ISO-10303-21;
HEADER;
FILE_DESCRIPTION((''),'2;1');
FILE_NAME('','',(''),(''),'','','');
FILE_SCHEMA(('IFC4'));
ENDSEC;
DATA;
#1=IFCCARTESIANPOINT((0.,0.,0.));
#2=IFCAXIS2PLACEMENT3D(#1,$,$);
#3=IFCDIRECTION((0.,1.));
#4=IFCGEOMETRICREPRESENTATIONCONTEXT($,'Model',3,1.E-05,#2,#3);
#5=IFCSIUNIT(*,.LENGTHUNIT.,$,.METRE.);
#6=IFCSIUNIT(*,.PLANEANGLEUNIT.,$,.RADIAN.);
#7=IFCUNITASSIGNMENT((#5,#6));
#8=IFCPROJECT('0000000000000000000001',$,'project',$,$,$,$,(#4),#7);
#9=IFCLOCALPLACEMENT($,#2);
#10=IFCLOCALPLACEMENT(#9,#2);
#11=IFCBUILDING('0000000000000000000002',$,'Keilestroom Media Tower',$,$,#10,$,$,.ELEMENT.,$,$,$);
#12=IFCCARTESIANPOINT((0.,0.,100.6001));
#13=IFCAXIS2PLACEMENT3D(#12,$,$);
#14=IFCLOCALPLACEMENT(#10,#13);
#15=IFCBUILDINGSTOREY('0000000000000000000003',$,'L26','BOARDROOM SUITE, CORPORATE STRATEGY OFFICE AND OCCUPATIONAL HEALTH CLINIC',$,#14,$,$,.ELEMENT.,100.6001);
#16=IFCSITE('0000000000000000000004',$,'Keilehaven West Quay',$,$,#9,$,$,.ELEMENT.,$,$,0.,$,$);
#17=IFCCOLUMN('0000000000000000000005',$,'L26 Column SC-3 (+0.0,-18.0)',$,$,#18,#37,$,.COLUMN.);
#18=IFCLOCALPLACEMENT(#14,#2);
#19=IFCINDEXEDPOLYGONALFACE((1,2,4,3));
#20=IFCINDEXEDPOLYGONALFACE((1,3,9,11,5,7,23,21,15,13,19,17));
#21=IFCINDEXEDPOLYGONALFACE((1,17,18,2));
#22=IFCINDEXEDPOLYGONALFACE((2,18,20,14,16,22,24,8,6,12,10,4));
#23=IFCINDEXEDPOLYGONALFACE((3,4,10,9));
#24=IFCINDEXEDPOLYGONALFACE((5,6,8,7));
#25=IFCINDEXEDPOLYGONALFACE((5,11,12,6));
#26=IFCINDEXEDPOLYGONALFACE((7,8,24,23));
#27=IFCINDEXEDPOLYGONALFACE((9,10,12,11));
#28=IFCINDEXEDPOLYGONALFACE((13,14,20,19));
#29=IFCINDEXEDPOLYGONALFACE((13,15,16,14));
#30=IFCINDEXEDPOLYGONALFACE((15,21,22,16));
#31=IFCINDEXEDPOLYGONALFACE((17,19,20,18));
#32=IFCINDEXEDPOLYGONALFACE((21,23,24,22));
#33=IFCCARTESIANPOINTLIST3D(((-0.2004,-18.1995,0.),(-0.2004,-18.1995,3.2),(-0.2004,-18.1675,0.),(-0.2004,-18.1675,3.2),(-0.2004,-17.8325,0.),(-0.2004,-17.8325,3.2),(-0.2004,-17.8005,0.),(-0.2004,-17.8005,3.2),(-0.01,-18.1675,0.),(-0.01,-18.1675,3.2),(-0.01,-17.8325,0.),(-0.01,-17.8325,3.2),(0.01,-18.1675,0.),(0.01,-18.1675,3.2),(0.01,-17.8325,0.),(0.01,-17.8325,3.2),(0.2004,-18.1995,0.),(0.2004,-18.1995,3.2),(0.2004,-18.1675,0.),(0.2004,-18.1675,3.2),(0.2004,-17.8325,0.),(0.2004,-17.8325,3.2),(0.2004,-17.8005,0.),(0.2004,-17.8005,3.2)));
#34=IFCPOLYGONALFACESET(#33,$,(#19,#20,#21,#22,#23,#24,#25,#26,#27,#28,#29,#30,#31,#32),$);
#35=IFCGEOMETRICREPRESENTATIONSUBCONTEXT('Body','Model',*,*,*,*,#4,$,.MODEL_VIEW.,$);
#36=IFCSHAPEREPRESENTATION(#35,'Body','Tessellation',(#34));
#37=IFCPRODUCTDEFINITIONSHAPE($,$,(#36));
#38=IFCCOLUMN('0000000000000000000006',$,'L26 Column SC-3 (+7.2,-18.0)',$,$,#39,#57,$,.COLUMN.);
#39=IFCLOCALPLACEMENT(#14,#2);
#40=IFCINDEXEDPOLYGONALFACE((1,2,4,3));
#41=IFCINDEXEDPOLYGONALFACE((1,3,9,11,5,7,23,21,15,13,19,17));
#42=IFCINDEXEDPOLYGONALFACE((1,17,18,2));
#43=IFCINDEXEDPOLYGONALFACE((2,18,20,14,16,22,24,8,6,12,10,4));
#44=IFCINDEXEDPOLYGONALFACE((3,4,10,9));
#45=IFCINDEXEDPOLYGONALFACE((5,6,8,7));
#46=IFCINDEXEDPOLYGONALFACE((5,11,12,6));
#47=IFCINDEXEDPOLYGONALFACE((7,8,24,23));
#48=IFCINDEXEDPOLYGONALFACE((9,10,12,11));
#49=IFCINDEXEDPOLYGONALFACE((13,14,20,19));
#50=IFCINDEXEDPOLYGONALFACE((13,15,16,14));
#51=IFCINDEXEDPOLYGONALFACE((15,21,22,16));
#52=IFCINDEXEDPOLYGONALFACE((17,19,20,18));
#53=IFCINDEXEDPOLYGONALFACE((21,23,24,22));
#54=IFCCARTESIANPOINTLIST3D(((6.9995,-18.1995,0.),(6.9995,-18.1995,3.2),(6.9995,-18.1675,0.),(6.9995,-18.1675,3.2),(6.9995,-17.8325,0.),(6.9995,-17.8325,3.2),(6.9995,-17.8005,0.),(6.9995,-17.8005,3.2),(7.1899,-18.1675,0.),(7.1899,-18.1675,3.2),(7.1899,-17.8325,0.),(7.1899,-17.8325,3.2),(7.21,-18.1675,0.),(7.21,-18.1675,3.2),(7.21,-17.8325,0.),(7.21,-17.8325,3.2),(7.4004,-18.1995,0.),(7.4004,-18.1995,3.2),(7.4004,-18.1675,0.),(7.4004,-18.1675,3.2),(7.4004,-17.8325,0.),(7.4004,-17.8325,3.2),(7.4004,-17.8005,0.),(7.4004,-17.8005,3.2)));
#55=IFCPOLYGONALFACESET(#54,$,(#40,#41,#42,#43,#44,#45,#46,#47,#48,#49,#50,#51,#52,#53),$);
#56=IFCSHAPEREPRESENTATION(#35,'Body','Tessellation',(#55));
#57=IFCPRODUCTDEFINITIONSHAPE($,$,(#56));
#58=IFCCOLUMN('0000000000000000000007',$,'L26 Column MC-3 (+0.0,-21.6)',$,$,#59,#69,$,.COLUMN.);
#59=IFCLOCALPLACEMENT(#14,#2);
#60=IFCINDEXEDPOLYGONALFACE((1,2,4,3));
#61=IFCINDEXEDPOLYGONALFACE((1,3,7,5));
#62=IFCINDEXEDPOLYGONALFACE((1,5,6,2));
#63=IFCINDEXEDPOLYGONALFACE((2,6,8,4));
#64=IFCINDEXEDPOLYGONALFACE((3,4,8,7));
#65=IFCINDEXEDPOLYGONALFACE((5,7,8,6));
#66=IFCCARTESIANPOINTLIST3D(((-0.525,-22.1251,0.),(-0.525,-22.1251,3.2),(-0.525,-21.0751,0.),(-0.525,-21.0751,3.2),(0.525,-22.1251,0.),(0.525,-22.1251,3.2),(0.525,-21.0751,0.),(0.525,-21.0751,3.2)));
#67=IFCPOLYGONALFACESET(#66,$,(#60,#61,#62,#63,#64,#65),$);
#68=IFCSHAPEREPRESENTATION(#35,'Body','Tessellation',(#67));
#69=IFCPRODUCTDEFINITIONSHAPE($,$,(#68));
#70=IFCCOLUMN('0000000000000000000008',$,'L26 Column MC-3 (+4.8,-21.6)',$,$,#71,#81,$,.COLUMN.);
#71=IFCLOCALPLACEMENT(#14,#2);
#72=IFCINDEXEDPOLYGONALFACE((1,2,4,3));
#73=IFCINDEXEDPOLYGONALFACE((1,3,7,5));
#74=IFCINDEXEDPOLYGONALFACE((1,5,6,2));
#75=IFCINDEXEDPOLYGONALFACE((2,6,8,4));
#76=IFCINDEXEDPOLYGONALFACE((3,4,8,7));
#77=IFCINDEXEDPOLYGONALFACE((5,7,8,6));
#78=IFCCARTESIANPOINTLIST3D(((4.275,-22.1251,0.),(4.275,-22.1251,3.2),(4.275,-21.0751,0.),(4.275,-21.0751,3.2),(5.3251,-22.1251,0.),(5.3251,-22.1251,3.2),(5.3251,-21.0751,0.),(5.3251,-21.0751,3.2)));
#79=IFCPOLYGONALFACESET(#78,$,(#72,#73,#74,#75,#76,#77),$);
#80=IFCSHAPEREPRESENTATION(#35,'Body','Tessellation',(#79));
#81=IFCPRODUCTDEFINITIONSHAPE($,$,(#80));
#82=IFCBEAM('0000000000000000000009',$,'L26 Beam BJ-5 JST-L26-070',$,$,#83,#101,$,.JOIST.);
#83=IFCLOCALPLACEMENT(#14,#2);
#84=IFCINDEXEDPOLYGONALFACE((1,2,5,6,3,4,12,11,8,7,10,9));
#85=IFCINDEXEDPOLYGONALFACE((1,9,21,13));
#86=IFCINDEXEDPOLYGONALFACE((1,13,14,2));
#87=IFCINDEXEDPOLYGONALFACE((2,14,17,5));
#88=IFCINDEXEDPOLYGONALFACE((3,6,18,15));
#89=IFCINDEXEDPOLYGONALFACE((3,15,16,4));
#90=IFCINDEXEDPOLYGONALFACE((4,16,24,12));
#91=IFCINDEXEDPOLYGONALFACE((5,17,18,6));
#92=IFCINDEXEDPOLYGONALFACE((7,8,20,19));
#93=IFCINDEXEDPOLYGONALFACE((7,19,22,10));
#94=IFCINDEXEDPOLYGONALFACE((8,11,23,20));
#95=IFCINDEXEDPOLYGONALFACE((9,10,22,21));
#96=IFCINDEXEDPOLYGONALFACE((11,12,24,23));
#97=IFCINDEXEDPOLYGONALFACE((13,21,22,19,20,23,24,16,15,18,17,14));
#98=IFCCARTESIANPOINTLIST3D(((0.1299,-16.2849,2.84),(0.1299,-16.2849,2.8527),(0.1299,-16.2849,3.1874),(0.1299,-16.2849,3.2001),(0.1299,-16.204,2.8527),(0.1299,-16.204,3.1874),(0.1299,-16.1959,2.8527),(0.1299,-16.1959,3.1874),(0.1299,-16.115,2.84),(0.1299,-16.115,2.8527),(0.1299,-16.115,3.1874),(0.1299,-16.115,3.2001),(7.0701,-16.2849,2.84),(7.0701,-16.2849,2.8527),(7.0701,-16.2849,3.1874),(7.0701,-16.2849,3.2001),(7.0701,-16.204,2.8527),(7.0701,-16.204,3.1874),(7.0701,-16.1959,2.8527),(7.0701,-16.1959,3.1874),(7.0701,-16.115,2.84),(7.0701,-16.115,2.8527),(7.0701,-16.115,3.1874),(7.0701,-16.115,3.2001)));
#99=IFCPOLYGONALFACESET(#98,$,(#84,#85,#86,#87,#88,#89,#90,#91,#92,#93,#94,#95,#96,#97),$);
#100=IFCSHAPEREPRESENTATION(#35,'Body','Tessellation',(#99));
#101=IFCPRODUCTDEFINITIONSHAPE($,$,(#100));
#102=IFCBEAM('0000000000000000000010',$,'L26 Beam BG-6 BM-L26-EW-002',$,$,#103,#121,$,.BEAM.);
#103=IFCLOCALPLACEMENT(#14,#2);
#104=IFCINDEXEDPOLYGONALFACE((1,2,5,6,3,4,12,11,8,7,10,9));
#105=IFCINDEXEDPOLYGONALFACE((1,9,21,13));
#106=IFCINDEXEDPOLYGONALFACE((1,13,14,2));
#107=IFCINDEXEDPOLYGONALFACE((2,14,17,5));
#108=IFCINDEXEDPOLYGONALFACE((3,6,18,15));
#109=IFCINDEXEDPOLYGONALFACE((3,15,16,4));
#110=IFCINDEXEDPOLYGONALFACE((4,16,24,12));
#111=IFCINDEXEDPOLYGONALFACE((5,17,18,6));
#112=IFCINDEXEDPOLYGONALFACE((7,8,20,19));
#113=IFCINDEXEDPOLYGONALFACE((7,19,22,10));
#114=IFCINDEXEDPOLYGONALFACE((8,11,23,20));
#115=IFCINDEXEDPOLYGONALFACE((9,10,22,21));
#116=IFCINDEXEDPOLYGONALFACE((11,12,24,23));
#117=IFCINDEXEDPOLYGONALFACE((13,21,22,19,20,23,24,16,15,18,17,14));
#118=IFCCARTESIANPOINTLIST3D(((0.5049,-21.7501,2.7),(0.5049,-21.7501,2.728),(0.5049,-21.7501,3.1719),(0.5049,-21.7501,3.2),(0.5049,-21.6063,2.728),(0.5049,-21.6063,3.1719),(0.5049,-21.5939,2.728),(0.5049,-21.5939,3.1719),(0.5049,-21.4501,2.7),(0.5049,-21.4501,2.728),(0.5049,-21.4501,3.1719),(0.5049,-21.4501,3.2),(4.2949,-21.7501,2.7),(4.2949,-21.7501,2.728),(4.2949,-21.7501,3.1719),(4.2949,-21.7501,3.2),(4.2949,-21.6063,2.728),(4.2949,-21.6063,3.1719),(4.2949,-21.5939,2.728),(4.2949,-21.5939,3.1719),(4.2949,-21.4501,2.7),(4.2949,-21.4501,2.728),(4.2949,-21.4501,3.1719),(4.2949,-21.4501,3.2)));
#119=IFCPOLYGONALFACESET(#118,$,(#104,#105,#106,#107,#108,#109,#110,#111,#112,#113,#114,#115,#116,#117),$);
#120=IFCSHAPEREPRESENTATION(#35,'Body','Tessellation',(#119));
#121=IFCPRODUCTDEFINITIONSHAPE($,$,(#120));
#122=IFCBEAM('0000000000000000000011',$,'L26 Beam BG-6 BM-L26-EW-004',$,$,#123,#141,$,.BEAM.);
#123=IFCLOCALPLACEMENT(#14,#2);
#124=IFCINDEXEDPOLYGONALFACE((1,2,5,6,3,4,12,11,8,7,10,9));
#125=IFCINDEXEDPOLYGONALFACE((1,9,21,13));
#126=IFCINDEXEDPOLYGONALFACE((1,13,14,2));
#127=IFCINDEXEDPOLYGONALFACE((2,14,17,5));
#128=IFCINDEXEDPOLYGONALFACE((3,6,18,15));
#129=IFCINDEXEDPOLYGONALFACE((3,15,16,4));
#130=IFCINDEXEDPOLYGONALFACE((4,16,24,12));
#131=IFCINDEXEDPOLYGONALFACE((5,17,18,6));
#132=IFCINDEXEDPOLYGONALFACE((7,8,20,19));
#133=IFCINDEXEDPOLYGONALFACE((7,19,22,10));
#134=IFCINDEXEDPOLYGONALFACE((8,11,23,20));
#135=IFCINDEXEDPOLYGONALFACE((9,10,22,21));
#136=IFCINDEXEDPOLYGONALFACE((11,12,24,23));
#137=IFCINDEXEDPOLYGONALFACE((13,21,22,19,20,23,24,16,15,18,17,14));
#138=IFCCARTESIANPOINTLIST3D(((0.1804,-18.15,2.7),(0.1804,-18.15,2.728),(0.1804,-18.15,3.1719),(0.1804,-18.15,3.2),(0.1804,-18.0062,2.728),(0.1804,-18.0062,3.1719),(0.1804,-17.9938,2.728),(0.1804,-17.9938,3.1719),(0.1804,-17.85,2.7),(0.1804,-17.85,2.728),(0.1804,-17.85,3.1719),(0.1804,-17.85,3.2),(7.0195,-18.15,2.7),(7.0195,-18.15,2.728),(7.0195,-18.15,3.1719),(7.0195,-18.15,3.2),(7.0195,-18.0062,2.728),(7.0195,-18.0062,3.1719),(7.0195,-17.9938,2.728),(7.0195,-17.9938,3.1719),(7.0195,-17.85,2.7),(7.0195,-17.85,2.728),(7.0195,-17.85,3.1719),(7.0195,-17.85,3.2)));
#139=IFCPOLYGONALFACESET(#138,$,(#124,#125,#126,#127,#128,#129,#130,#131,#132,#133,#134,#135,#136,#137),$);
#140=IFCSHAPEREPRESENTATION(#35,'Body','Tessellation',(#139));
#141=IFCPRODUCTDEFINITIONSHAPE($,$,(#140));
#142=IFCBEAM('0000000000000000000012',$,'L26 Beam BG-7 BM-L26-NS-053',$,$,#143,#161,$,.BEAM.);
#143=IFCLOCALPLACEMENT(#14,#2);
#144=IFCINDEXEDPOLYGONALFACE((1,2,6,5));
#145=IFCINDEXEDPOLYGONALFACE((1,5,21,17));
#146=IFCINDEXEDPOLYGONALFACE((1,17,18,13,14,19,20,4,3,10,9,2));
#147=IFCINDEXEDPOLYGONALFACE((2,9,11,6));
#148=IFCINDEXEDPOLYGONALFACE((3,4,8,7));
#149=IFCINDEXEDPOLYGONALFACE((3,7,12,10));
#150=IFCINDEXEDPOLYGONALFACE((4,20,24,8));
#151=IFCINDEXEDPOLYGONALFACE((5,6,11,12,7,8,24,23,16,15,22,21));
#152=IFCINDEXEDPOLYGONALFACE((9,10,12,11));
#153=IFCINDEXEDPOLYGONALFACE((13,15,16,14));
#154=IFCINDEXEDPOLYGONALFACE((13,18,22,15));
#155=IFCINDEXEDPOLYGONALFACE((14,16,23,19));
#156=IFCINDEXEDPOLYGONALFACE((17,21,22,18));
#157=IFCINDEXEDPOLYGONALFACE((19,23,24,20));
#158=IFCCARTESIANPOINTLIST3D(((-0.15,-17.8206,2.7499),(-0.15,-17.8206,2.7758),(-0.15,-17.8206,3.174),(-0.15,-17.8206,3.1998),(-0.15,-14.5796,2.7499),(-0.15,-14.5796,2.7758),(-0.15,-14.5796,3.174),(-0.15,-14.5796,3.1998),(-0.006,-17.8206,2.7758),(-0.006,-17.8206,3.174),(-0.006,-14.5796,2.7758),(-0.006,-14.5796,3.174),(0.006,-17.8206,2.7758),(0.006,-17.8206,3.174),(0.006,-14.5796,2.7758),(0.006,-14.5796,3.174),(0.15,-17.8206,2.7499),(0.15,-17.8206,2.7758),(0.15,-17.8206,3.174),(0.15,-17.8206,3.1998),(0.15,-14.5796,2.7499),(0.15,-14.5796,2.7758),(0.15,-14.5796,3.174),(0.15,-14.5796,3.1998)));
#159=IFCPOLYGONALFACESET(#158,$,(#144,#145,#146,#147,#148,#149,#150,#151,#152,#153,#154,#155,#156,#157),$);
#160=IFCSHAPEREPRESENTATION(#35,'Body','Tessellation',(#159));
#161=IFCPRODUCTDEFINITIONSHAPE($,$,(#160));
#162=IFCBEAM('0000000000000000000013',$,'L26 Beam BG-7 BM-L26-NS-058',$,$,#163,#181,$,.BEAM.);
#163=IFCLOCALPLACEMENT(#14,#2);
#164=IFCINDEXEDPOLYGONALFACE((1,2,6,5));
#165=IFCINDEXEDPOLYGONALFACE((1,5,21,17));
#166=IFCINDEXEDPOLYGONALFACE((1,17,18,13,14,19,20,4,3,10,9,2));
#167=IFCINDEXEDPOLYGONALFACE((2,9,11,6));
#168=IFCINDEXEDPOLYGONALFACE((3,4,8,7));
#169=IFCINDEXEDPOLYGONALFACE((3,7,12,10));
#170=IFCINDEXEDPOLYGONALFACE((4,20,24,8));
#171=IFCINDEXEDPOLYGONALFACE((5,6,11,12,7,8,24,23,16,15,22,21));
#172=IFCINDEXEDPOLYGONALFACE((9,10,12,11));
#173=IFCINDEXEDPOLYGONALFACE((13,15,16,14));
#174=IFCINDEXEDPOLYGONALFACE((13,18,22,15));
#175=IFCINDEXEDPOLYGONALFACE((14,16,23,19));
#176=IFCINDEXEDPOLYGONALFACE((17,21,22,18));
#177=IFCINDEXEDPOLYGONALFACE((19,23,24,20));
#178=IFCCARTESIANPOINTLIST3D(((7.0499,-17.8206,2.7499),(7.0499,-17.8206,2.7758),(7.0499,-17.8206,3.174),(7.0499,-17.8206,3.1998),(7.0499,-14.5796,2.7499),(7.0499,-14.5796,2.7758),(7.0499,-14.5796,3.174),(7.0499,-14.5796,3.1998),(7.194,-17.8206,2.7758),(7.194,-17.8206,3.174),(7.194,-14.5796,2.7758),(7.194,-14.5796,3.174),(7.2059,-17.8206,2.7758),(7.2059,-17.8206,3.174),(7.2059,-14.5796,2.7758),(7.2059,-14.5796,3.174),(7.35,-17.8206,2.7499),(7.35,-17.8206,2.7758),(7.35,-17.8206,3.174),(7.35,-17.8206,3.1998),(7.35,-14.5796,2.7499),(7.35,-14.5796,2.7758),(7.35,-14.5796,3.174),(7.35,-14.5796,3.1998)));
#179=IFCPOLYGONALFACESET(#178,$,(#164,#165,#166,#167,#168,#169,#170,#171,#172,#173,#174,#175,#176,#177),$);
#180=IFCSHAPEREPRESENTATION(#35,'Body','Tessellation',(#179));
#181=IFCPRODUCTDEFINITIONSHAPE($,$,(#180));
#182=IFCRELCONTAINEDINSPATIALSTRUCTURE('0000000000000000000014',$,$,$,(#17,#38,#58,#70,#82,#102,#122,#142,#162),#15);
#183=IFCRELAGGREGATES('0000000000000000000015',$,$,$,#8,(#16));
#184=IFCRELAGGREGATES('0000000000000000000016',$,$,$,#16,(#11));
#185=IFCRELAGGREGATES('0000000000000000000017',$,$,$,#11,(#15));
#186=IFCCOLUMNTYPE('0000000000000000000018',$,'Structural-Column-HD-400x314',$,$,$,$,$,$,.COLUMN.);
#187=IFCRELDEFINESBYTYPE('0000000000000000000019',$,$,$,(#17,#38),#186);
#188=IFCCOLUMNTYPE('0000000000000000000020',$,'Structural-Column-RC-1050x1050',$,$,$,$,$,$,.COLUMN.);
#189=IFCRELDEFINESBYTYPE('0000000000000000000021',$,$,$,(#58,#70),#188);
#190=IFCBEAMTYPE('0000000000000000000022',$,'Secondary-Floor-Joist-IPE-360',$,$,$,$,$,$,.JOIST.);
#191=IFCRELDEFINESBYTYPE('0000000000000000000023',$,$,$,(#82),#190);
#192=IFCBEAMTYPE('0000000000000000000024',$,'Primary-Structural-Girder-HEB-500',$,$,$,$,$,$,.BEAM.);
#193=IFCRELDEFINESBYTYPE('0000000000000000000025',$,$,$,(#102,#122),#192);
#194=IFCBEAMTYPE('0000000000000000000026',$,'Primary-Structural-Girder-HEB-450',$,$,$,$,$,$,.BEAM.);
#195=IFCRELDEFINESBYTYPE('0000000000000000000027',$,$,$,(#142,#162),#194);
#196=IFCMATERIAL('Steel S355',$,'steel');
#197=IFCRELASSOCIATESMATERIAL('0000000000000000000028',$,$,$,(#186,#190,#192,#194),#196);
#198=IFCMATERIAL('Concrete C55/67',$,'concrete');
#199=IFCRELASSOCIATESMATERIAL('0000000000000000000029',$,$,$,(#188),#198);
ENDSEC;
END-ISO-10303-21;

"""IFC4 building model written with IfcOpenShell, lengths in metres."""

from ifc_helpers import new_model, si_unit, direction, frame, origin, origin_2d, place, context, subcontext, project, spatial, rectangle, i_section, extrude, source, transform, mapped, material, material_profile, profile_set, type_object, element, save


model = new_model("IFC4")

# Units and contexts
model_context = context("Model", 3, precision=1e-05, world=origin(), true_north=direction((0.0, 1.0)))
body_context = subcontext(model_context, "Body", "Model", "MODEL_VIEW")
ifc_project = project(units=[si_unit("LENGTHUNIT", "METRE"), si_unit("PLANEANGLEUNIT", "RADIAN")], contexts=[model_context])

# Site, building, storey
site_placement = place(None, origin())
site = spatial("IfcSite", under=ifc_project, at=site_placement, Name="Keilehaven West Quay", CompositionType="ELEMENT", RefElevation=0.0)
building_placement = place(site_placement, origin())
building = spatial("IfcBuilding", under=site, at=building_placement, Name="Keilestroom Media Tower", CompositionType="ELEMENT")
storey_placement = place(building_placement, frame((0.0, 0.0, 100.6001)))
storey = spatial("IfcBuildingStorey", under=building, at=storey_placement, Name="L26", Description="BOARDROOM SUITE, CORPORATE STRATEGY OFFICE AND OCCUPATIONAL HEALTH CLINIC", CompositionType="ELEMENT", Elevation=100.6001)

# Columns
ifc_material_1 = material(Name="Steel S355", Category="steel")
ifc_material_profile_1 = material_profile(ifc_material_1, i_section(OverallWidth=0.4009, OverallDepth=0.3989, WebThickness=0.02, FlangeThickness=0.032, at=origin_2d()), Name="HD 400x314")
ifc_profile_set_1 = profile_set([ifc_material_profile_1], Name="Steel S355")
column_type_1 = type_object("IfcColumnType", Name="Structural-Column-HD-400x314", PredefinedType="COLUMN", material=ifc_profile_set_1)
shared_shape_1 = source(origin(), body_context, "Body", "SweptSolid", [
    extrude(i_section(OverallWidth=0.4009, OverallDepth=0.3989, WebThickness=0.02, FlangeThickness=0.032, at=origin_2d()), origin(), (0.0, 0.0, 1.0), 3.2),
])
for number, where, z_axis, x_axis, name in (
    (1, (0.0, -18.0, 0.0), (0.0, 0.0, 1.0), (1.0, 0.0, 0.0), "L26 Column SC-3 (+0.0,-18.0)"),
    (2, (7.2, -18.0, 0.0), (0.0, 0.0, 1.0), (1.0, 0.0, 0.0), "L26 Column SC-3 (+7.2,-18.0)"),
):
    element("IfcColumn", number, at=place(storey_placement, frame(where, z_axis=z_axis, x_axis=x_axis)), inside=storey, type_object=column_type_1, Name=name, PredefinedType="COLUMN", context=body_context, shape_type="MappedRepresentation", body=[
        mapped(shared_shape_1, transform((0.0, 0.0, 0.0), x_axis=(1.0, 0.0, 0.0), y_axis=(0.0, 1.0, 0.0), z_axis=(0.0, 0.0, 1.0), scale=1.0)),
    ])
ifc_material_2 = material(Name="Concrete C55/67", Category="concrete")
ifc_material_profile_2 = material_profile(ifc_material_2, rectangle(XDim=1.05, YDim=1.05, at=origin_2d()), Name="RC 1050x1050")
ifc_profile_set_2 = profile_set([ifc_material_profile_2], Name="Concrete C55/67")
column_type_2 = type_object("IfcColumnType", Name="Structural-Column-RC-1050x1050", PredefinedType="COLUMN", material=ifc_profile_set_2)
shared_shape_2 = source(origin(), body_context, "Body", "SweptSolid", [
    extrude(rectangle(XDim=1.05, YDim=1.05, at=origin_2d()), origin(), (0.0, 0.0, 1.0), 3.2),
])
for number, where, z_axis, x_axis, name in (
    (3, (0.0, -21.6001, 0.0), (0.0, 0.0, 1.0), (1.0, 0.0, 0.0), "L26 Column MC-3 (+0.0,-21.6)"),
    (4, (4.8, -21.6001, 0.0), (0.0, 0.0, 1.0), (1.0, 0.0, 0.0), "L26 Column MC-3 (+4.8,-21.6)"),
):
    element("IfcColumn", number, at=place(storey_placement, frame(where, z_axis=z_axis, x_axis=x_axis)), inside=storey, type_object=column_type_2, Name=name, PredefinedType="COLUMN", context=body_context, shape_type="MappedRepresentation", body=[
        mapped(shared_shape_2, transform((0.0, 0.0, 0.0), x_axis=(1.0, 0.0, 0.0), y_axis=(0.0, 1.0, 0.0), z_axis=(0.0, 0.0, 1.0), scale=1.0)),
    ])

# Beams
ifc_material_profile_3 = material_profile(ifc_material_1, i_section(OverallWidth=0.1699, OverallDepth=0.3601, WebThickness=0.0081, FlangeThickness=0.0127, at=origin_2d()), Name="IPE 360")
ifc_profile_set_3 = profile_set([ifc_material_profile_3], Name="Steel S355")
beam_type_1 = type_object("IfcBeamType", Name="Secondary-Floor-Joist-IPE-360", PredefinedType="JOIST", material=ifc_profile_set_3)
shared_shape_3 = source(origin(), body_context, "Body", "SweptSolid", [
    extrude(i_section(OverallWidth=0.1699, OverallDepth=0.3601, WebThickness=0.0081, FlangeThickness=0.0127, at=origin_2d()), origin(), (0.0, 0.0, 1.0), 6.9402),
])
beam_1_placement = place(storey_placement, frame((0.1299, -16.2, 3.02), z_axis=(1.0, 0.0, 0.0), x_axis=(0.0, 1.0, 0.0)))
element("IfcBeam", 5, at=beam_1_placement, inside=storey, type_object=beam_type_1, Name="L26 Beam BJ-5 JST-L26-070", PredefinedType="JOIST", context=body_context, shape_type="MappedRepresentation", body=[
    mapped(shared_shape_3, transform((0.0, 0.0, 0.0), x_axis=(1.0, 0.0, 0.0), y_axis=(0.0, 1.0, 0.0), z_axis=(0.0, 0.0, 1.0), scale=1.0)),
])
ifc_material_profile_4 = material_profile(ifc_material_1, i_section(OverallWidth=0.3, OverallDepth=0.5, WebThickness=0.0125, FlangeThickness=0.0281, at=origin_2d()), Name="HEB 500")
ifc_profile_set_4 = profile_set([ifc_material_profile_4], Name="Steel S355")
beam_type_2 = type_object("IfcBeamType", Name="Primary-Structural-Girder-HEB-500", PredefinedType="BEAM", material=ifc_profile_set_4)
shared_shape_4 = source(origin(), body_context, "Body", "SweptSolid", [
    extrude(i_section(OverallWidth=0.3, OverallDepth=0.5, WebThickness=0.0125, FlangeThickness=0.0281, at=origin_2d()), origin(), (0.0, 0.0, 1.0), 3.79),
])
beam_2_placement = place(storey_placement, frame((0.5049, -21.6001, 2.95), z_axis=(1.0, 0.0, 0.0), x_axis=(0.0, 1.0, 0.0)))
element("IfcBeam", 6, at=beam_2_placement, inside=storey, type_object=beam_type_2, Name="L26 Beam BG-6 BM-L26-EW-002", PredefinedType="BEAM", context=body_context, shape_type="MappedRepresentation", body=[
    mapped(shared_shape_4, transform((0.0, 0.0, 0.0), x_axis=(1.0, 0.0, 0.0), y_axis=(0.0, 1.0, 0.0), z_axis=(0.0, 0.0, 1.0), scale=1.0)),
])
shared_shape_5 = source(origin(), body_context, "Body", "SweptSolid", [
    extrude(i_section(OverallWidth=0.3, OverallDepth=0.5, WebThickness=0.0125, FlangeThickness=0.0281, at=origin_2d()), origin(), (0.0, 0.0, 1.0), 6.8391),
])
beam_3_placement = place(storey_placement, frame((0.1804, -18.0, 2.95), z_axis=(1.0, 0.0, 0.0), x_axis=(0.0, 1.0, 0.0)))
element("IfcBeam", 7, at=beam_3_placement, inside=storey, type_object=beam_type_2, Name="L26 Beam BG-6 BM-L26-EW-004", PredefinedType="BEAM", context=body_context, shape_type="MappedRepresentation", body=[
    mapped(shared_shape_5, transform((0.0, 0.0, 0.0), x_axis=(1.0, 0.0, 0.0), y_axis=(0.0, 1.0, 0.0), z_axis=(0.0, 0.0, 1.0), scale=1.0)),
])
ifc_material_profile_5 = material_profile(ifc_material_1, i_section(OverallWidth=0.3, OverallDepth=0.45, WebThickness=0.012, FlangeThickness=0.0259, at=origin_2d()), Name="HEB 450")
ifc_profile_set_5 = profile_set([ifc_material_profile_5], Name="Steel S355")
beam_type_3 = type_object("IfcBeamType", Name="Primary-Structural-Girder-HEB-450", PredefinedType="BEAM", material=ifc_profile_set_5)
shared_shape_6 = source(origin(), body_context, "Body", "SweptSolid", [
    extrude(i_section(OverallWidth=0.3, OverallDepth=0.45, WebThickness=0.012, FlangeThickness=0.0259, at=origin_2d()), origin(), (0.0, 0.0, 1.0), 3.241),
])
for number, where, z_axis, x_axis, name in (
    (8, (0.0, -17.8206, 2.9749), (0.0, 1.0, 0.0), (-1.0, 0.0, 0.0), "L26 Beam BG-7 BM-L26-NS-053"),
    (9, (7.2, -17.8206, 2.9749), (0.0, 1.0, 0.0), (-1.0, 0.0, 0.0), "L26 Beam BG-7 BM-L26-NS-058"),
):
    element("IfcBeam", number, at=place(storey_placement, frame(where, z_axis=z_axis, x_axis=x_axis)), inside=storey, type_object=beam_type_3, Name=name, PredefinedType="BEAM", context=body_context, shape_type="MappedRepresentation", body=[
        mapped(shared_shape_6, transform((0.0, 0.0, 0.0), x_axis=(1.0, 0.0, 0.0), y_axis=(0.0, 1.0, 0.0), z_axis=(0.0, 0.0, 1.0), scale=1.0)),
    ])

save(model, "model.ifc")
